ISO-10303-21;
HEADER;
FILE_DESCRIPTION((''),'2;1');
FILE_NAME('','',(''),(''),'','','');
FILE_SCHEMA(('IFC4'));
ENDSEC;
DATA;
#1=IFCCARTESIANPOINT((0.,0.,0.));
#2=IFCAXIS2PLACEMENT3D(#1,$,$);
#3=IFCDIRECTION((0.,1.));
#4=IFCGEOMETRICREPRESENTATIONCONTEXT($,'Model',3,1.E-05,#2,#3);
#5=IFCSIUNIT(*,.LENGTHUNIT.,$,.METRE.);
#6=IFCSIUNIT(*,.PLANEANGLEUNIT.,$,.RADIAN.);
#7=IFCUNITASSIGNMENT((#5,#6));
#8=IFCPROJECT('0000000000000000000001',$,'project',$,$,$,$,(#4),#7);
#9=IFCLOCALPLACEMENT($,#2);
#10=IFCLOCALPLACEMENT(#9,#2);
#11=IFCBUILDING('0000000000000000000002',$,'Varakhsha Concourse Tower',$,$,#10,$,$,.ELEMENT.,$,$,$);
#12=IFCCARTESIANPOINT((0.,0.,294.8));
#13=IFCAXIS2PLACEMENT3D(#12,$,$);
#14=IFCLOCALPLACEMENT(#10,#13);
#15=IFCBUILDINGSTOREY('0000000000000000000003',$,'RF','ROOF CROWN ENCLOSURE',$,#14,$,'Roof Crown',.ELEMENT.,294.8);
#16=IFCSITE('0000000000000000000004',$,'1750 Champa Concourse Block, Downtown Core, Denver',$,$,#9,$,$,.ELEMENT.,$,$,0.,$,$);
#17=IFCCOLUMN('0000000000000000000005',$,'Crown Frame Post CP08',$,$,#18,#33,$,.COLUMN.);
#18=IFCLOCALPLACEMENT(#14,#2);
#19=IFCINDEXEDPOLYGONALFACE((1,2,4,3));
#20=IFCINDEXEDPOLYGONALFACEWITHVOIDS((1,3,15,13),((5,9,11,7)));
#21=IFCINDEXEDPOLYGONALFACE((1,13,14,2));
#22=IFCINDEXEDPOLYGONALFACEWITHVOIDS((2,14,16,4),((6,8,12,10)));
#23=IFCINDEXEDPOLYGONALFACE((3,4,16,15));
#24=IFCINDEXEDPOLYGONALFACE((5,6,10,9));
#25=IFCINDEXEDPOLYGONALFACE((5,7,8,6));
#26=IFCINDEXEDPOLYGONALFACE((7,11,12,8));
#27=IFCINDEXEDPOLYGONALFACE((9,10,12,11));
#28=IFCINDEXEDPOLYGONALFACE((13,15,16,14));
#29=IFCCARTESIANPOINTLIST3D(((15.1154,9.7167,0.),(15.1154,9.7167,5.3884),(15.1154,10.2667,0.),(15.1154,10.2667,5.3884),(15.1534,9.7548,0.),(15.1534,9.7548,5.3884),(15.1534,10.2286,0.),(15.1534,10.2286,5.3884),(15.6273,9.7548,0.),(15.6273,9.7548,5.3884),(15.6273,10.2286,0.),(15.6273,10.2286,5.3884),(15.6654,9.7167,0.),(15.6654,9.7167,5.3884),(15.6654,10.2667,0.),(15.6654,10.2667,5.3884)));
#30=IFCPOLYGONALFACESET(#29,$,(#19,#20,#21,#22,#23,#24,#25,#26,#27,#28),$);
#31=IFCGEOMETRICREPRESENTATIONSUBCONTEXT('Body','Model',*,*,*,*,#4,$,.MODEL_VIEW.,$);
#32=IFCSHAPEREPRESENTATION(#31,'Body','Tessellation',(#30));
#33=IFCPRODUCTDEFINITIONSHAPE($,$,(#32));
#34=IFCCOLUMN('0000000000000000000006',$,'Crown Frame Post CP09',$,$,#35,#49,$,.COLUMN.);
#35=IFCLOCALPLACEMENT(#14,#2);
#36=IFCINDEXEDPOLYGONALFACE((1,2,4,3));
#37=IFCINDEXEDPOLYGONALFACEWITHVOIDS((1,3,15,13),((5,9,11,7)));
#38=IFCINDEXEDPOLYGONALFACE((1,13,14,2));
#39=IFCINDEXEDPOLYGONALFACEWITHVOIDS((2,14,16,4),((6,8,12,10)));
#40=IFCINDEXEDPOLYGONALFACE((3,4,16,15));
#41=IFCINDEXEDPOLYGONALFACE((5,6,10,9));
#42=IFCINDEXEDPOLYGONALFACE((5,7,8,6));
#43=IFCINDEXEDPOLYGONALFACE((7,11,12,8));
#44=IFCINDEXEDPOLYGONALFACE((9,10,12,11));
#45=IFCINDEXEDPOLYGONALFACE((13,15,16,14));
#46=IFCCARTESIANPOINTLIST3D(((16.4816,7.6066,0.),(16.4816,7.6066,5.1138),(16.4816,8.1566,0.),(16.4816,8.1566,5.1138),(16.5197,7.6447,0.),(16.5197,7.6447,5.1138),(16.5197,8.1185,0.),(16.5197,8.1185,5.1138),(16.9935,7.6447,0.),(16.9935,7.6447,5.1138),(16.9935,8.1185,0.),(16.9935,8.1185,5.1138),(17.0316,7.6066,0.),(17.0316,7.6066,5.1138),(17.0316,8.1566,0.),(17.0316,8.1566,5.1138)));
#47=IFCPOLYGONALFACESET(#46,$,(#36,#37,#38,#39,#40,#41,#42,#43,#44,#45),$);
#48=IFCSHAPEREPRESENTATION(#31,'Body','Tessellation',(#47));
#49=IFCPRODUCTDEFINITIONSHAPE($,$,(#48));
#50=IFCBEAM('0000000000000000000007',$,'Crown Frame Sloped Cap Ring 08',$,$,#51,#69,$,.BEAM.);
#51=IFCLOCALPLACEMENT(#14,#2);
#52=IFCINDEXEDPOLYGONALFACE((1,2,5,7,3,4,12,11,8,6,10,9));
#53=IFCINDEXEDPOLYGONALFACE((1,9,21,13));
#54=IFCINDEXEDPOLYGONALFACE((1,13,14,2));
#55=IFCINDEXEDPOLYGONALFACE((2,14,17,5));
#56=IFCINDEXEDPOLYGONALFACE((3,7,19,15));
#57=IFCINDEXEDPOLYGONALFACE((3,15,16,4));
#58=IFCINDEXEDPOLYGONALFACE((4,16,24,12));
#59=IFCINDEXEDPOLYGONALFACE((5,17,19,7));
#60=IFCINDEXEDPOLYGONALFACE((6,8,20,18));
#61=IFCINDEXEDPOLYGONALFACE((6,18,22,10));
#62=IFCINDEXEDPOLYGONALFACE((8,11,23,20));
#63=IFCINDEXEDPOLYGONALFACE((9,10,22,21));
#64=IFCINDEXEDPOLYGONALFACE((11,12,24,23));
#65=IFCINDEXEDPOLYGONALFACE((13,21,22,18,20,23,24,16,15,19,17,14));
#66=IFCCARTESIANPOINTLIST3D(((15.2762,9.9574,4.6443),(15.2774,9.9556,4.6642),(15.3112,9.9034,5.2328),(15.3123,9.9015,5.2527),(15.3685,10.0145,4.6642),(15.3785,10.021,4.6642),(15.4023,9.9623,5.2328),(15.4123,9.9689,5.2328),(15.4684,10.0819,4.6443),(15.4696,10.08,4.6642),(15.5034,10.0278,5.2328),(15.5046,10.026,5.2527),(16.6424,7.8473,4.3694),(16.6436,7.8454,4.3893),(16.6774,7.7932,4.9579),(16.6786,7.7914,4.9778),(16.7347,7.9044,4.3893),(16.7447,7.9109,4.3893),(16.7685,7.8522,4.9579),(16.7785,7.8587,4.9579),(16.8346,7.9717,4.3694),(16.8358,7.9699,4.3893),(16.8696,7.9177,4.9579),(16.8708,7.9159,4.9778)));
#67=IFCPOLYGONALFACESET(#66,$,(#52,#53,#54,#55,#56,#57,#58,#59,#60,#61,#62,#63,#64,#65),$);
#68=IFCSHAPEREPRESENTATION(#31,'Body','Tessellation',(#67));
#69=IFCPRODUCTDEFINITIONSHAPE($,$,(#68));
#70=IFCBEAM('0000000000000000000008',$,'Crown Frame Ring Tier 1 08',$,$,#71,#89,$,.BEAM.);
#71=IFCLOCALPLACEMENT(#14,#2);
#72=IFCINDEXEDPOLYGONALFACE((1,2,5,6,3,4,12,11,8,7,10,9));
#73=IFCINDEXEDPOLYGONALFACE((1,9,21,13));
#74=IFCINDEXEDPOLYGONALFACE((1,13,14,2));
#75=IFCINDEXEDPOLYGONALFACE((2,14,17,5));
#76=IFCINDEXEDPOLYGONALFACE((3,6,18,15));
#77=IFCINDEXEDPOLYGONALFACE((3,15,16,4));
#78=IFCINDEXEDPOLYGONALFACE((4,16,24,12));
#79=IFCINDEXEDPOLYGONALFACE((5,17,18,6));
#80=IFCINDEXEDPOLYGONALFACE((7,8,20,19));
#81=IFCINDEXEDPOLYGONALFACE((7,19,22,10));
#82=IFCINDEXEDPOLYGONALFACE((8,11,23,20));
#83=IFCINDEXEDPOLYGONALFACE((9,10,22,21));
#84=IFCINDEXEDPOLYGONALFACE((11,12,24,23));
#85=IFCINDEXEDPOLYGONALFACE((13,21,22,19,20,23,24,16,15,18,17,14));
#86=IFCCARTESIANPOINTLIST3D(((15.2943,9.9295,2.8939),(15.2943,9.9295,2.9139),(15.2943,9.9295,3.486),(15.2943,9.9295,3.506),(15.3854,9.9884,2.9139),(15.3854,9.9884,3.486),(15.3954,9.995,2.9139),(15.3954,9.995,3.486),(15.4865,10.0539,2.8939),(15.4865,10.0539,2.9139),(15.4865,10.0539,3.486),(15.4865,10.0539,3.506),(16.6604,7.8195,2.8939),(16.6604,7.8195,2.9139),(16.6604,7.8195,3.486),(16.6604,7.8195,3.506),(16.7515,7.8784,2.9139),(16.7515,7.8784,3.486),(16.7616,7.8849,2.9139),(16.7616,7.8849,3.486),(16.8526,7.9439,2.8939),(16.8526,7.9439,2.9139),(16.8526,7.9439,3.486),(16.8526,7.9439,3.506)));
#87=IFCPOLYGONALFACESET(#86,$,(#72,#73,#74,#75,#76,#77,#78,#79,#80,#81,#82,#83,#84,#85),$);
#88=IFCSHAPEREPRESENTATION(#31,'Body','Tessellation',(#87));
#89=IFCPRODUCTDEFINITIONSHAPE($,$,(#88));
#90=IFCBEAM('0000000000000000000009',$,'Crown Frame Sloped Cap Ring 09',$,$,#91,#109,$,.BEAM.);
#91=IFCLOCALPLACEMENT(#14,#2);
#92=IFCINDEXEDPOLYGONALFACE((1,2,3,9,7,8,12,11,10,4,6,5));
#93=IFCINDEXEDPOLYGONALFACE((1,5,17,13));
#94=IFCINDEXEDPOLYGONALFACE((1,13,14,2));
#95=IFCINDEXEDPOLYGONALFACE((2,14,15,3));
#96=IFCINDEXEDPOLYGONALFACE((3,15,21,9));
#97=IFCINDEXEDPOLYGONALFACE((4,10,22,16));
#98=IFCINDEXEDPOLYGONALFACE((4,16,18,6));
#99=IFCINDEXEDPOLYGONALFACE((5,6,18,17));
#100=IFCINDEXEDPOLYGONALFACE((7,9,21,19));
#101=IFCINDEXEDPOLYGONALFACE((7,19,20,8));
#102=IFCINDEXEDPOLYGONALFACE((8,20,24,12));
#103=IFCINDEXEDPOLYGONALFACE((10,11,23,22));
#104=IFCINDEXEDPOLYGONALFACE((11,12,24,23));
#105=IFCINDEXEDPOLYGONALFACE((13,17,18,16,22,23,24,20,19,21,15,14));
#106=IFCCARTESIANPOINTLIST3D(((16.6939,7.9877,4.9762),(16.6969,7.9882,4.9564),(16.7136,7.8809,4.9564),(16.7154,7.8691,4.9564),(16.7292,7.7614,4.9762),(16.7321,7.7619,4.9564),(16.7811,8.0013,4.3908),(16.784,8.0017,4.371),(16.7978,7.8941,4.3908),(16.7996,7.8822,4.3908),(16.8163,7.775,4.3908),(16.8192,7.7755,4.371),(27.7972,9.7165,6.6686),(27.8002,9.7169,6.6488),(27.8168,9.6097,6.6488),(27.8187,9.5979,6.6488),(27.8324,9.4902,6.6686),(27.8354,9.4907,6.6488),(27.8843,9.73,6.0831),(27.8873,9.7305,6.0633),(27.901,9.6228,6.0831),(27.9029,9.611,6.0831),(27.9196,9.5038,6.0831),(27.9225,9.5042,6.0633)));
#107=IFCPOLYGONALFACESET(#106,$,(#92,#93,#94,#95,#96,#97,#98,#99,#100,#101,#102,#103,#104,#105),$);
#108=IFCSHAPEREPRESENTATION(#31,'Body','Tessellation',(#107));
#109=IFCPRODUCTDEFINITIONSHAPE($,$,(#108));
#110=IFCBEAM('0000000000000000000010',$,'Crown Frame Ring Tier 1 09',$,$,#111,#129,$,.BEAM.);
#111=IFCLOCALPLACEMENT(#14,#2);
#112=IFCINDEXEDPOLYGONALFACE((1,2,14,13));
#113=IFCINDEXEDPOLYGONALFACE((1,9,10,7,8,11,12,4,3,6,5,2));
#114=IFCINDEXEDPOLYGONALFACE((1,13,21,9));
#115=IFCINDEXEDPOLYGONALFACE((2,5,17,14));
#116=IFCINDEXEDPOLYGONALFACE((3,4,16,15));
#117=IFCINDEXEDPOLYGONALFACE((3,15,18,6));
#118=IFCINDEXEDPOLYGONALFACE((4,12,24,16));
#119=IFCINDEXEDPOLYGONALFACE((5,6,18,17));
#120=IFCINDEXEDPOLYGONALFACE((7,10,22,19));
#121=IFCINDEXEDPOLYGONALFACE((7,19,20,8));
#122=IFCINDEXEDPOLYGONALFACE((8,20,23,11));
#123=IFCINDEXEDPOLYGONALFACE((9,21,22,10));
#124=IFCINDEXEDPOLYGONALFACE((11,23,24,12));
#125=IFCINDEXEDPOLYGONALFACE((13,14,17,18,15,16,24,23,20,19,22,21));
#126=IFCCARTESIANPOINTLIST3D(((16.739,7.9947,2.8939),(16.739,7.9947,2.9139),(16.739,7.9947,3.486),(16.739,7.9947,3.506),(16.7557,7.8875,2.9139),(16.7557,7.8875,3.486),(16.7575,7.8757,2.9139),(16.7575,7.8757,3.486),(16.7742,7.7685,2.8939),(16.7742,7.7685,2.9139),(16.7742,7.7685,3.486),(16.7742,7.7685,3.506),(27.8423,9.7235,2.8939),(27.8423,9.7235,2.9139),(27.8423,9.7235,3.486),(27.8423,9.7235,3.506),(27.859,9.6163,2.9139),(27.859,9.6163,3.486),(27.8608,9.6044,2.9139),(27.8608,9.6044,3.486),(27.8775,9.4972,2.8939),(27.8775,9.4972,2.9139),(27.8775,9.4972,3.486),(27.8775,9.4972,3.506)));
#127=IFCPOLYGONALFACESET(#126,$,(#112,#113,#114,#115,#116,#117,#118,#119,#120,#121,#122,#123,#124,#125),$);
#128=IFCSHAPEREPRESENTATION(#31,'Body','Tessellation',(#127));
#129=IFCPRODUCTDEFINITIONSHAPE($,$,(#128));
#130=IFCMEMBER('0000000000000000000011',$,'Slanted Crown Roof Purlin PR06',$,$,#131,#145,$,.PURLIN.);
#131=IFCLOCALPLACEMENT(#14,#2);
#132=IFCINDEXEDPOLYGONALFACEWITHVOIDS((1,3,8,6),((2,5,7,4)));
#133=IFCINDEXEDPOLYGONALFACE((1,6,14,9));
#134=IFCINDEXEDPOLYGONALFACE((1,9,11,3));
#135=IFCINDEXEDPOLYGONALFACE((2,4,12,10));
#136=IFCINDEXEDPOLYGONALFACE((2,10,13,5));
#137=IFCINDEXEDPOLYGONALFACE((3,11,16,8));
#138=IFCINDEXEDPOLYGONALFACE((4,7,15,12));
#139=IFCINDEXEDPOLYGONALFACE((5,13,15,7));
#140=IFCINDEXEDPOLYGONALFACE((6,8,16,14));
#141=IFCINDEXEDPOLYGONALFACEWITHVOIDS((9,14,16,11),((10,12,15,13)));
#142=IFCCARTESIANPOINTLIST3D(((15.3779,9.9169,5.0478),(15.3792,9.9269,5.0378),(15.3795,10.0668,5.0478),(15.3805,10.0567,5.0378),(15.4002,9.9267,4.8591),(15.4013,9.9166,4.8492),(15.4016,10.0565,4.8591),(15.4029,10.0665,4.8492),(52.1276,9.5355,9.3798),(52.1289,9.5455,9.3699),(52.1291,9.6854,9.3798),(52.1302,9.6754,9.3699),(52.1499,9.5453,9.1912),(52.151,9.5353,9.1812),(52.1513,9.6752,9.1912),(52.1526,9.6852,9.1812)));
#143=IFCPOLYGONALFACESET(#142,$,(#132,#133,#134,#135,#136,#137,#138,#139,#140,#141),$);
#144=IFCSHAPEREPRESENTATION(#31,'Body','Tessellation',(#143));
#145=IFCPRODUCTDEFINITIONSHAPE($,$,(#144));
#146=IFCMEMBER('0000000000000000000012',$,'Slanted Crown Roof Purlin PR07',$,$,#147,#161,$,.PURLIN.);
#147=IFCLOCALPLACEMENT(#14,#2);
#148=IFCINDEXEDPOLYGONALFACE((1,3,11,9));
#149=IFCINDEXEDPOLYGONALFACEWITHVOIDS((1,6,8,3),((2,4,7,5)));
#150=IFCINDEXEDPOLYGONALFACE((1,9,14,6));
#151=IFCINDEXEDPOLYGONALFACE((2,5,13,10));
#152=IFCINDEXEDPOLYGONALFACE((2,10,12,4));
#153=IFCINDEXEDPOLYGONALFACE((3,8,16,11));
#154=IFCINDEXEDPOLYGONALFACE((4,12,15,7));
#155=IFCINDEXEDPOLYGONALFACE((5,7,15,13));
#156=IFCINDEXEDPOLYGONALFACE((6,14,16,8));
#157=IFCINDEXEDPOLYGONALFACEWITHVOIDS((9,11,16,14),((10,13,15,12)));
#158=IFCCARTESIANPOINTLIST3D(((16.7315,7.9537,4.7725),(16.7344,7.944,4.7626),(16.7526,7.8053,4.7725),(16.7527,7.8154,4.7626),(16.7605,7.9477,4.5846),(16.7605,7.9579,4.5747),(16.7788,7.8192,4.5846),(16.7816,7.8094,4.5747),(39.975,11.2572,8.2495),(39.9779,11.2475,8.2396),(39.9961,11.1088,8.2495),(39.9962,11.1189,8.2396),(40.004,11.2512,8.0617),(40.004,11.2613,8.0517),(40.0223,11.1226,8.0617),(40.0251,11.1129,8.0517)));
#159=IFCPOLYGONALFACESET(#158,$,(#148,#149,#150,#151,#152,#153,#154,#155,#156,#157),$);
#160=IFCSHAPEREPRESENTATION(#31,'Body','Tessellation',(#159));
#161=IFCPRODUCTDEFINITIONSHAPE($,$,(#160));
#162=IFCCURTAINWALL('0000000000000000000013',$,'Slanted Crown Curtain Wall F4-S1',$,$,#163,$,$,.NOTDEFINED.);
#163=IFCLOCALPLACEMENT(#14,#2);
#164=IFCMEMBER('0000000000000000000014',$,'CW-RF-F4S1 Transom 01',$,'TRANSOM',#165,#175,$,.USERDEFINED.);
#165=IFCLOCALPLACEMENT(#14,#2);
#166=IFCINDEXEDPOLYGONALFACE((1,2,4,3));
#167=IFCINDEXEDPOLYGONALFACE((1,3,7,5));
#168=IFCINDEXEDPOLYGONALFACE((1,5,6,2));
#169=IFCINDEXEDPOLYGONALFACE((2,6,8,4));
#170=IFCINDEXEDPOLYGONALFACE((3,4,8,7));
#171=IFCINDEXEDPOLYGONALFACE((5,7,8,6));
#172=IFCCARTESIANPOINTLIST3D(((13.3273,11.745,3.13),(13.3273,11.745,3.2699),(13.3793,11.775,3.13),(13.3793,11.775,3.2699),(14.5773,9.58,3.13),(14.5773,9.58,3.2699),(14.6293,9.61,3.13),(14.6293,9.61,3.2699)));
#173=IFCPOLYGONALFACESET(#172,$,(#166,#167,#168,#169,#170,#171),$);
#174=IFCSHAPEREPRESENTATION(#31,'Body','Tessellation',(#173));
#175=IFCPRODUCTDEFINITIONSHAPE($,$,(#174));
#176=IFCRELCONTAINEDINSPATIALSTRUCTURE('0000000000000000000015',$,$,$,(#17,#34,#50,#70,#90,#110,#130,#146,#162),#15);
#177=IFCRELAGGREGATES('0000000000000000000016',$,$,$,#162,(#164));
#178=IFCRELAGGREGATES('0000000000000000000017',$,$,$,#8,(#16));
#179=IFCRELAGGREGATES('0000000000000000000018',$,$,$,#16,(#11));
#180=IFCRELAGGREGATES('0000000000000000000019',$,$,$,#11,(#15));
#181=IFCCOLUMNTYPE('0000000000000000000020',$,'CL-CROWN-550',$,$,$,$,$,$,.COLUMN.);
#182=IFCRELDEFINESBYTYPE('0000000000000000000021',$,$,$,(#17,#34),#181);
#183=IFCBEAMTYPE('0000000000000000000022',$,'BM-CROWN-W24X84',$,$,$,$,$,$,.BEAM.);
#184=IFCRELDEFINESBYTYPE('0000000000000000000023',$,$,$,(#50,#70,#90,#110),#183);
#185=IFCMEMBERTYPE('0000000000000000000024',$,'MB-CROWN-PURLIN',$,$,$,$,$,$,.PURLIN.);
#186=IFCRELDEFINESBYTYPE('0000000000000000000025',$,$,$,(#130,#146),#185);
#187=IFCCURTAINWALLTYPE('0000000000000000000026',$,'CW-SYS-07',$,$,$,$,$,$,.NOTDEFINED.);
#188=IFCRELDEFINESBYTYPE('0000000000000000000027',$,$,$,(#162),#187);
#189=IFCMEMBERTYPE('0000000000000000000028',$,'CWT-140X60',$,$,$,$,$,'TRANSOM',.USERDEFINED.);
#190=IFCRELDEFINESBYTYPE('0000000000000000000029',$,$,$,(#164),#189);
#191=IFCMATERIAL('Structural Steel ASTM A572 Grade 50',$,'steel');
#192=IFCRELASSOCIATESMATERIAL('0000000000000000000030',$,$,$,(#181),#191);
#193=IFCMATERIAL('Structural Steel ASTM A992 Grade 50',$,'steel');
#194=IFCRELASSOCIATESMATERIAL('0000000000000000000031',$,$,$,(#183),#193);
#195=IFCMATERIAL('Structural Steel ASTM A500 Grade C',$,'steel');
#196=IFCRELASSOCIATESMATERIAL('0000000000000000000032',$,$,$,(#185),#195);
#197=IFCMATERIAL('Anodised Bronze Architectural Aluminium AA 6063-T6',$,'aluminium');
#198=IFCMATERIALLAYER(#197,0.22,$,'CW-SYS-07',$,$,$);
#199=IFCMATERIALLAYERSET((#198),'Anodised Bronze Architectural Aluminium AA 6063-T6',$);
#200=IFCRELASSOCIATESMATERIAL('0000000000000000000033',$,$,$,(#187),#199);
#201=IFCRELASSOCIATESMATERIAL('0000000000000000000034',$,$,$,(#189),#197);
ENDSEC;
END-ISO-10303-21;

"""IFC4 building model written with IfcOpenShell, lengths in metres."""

from ifc_helpers import new_model, si_unit, direction, frame, origin, origin_2d, place, context, subcontext, project, spatial, rectangle, hollow_rectangle, i_section, extrude, source, transform, mapped, material, layer, layer_set, material_profile, profile_set, type_object, type_shapes, element, aggregate, save


model = new_model("IFC4")

# Units and contexts
model_context = context("Model", 3, precision=1e-05, world=origin(), true_north=direction((0.0, 1.0)))
body_context = subcontext(model_context, "Body", "Model", "MODEL_VIEW")
ifc_project = project(units=[si_unit("LENGTHUNIT", "METRE"), si_unit("PLANEANGLEUNIT", "RADIAN")], contexts=[model_context])

# Site, building, storey
site_placement = place(None, origin())
site = spatial("IfcSite", under=ifc_project, at=site_placement, Name="1750 Champa Concourse Block, Downtown Core, Denver", CompositionType="ELEMENT", RefElevation=0.0)
building_placement = place(site_placement, origin())
building = spatial("IfcBuilding", under=site, at=building_placement, Name="Varakhsha Concourse Tower", CompositionType="ELEMENT")
storey_placement = place(building_placement, frame((0.0, 0.0, 294.8)))
storey = spatial("IfcBuildingStorey", under=building, at=storey_placement, Name="RF", Description="ROOF CROWN ENCLOSURE", LongName="Roof Crown", CompositionType="ELEMENT", Elevation=294.8)

# Columns
ifc_material_1 = material(Name="Structural Steel ASTM A572 Grade 50", Category="steel")
ifc_material_profile_1 = material_profile(ifc_material_1, hollow_rectangle(XDim=0.55, YDim=0.55, WallThickness=0.0381, at=origin_2d()), Name="BOX 550x550x38")
ifc_profile_set_1 = profile_set([ifc_material_profile_1], Name="Structural Steel ASTM A572 Grade 50")
column_type = type_object("IfcColumnType", Name="CL-CROWN-550", PredefinedType="COLUMN", material=ifc_profile_set_1)
column_1_placement = place(storey_placement, frame((15.3904, 9.9917, 0.0), z_axis=(0.0, 0.0, 1.0), x_axis=(1.0, 0.0, 0.0)))
element("IfcColumn", 1, at=column_1_placement, inside=storey, type_object=column_type, Name="Crown Frame Post CP08", PredefinedType="COLUMN", context=body_context, shape_type="SweptSolid", body=[
    extrude(hollow_rectangle(XDim=0.55, YDim=0.55, WallThickness=0.0381, at=origin_2d()), origin(), (0.0, 0.0, 1.0), 5.3884),
])
column_2_placement = place(storey_placement, frame((16.7566, 7.8816, 0.0), z_axis=(0.0, 0.0, 1.0), x_axis=(1.0, 0.0, 0.0)))
element("IfcColumn", 2, at=column_2_placement, inside=storey, type_object=column_type, Name="Crown Frame Post CP09", PredefinedType="COLUMN", context=body_context, shape_type="SweptSolid", body=[
    extrude(hollow_rectangle(XDim=0.55, YDim=0.55, WallThickness=0.0381, at=origin_2d()), origin(), (0.0, 0.0, 1.0), 5.1138),
])

# Beams
ifc_material_2 = material(Name="Structural Steel ASTM A992 Grade 50", Category="steel")
ifc_material_profile_2 = material_profile(ifc_material_2, i_section(OverallWidth=0.229, OverallDepth=0.6121, WebThickness=0.012, FlangeThickness=0.02, at=origin_2d()), Name="W24X84")
ifc_profile_set_2 = profile_set([ifc_material_profile_2], Name="Structural Steel ASTM A992 Grade 50")
beam_type = type_object("IfcBeamType", Name="BM-CROWN-W24X84", PredefinedType="BEAM", material=ifc_profile_set_2)
beam_1_placement = place(storey_placement, frame((15.3904, 9.9917, 4.9485), z_axis=(0.540268, -0.834442, -0.10871), x_axis=(0.839416, 0.543489, 0.0)))
element("IfcBeam", 3, at=beam_1_placement, inside=storey, type_object=beam_type, Name="Crown Frame Sloped Cap Ring 08", PredefinedType="BEAM", context=body_context, shape_type="SweptSolid", body=[
    extrude(i_section(OverallWidth=0.229, OverallDepth=0.6121, WebThickness=0.012, FlangeThickness=0.02, at=origin_2d()), origin(), (0.0, 0.0, 1.0), 2.5288),
])
beam_2_placement = place(storey_placement, frame((15.3904, 9.9917, 3.2), z_axis=(0.543489, -0.839416, 0.0), x_axis=(0.839416, 0.543489, 0.0)))
element("IfcBeam", 4, at=beam_2_placement, inside=storey, type_object=beam_type, Name="Crown Frame Ring Tier 1 08", PredefinedType="BEAM", context=body_context, shape_type="SweptSolid", body=[
    extrude(i_section(OverallWidth=0.229, OverallDepth=0.6121, WebThickness=0.012, FlangeThickness=0.02, at=origin_2d()), origin(), (0.0, 0.0, 1.0), 2.5137),
])
beam_3_placement = place(storey_placement, frame((16.7566, 7.8816, 4.6736), z_axis=(0.977076, 0.152129, 0.148928), x_axis=(-0.153845, 0.988095, 0.0)))
element("IfcBeam", 5, at=beam_3_placement, inside=storey, type_object=beam_type, Name="Crown Frame Sloped Cap Ring 09", PredefinedType="BEAM", context=body_context, shape_type="SweptSolid", body=[
    extrude(i_section(OverallWidth=0.229, OverallDepth=0.6121, WebThickness=0.012, FlangeThickness=0.02, at=origin_2d()), origin(), (0.0, 0.0, 1.0), 11.3638),
])
beam_4_placement = place(storey_placement, frame((16.7566, 7.8816, 3.2), z_axis=(0.988095, 0.153845, 0.0), x_axis=(-0.153845, 0.988095, 0.0)))
element("IfcBeam", 6, at=beam_4_placement, inside=storey, type_object=beam_type, Name="Crown Frame Ring Tier 1 09", PredefinedType="BEAM", context=body_context, shape_type="SweptSolid", body=[
    extrude(i_section(OverallWidth=0.229, OverallDepth=0.6121, WebThickness=0.012, FlangeThickness=0.02, at=origin_2d()), origin(), (0.0, 0.0, 1.0), 11.2371),
])

# Members
ifc_material_3 = material(Name="Structural Steel ASTM A500 Grade C", Category="steel")
ifc_material_profile_3 = material_profile(ifc_material_3, hollow_rectangle(XDim=0.1499, YDim=0.2, WallThickness=0.01, at=origin_2d()), Name="HSS 200x150x10")
ifc_profile_set_3 = profile_set([ifc_material_profile_3], Name="Structural Steel ASTM A500 Grade C")
member_type_1 = type_object("IfcMemberType", Name="MB-CROWN-PURLIN", PredefinedType="PURLIN", material=ifc_profile_set_3)
shared_shape_1 = source(origin(), body_context, "Body", "SweptSolid", [
    extrude(hollow_rectangle(XDim=0.1499, YDim=0.2, WallThickness=0.01, at=origin_2d()), origin(), (0.0, 0.0, 1.0), 37.0061),
])
member_1_placement = place(storey_placement, frame((15.3904, 9.9917, 4.9485), z_axis=(0.993071, -0.010305, 0.117062), x_axis=(0.010376, 0.999946, 0.0)))
element("IfcMember", 7, at=member_1_placement, inside=storey, type_object=member_type_1, Name="Slanted Crown Roof Purlin PR06", PredefinedType="PURLIN", context=body_context, shape_type="MappedRepresentation", body=[
    mapped(shared_shape_1, transform((0.0, 0.0, 0.0), scale=1.0)),
])
shared_shape_2 = source(origin(), body_context, "Body", "SweptSolid", [
    extrude(hollow_rectangle(XDim=0.1499, YDim=0.2, WallThickness=0.01, at=origin_2d()), origin(), (0.0, 0.0, 1.0), 23.7332),
])
type_shapes(member_type_1, [shared_shape_1, shared_shape_2])
member_2_placement = place(storey_placement, frame((16.7566, 7.8816, 4.6736), z_axis=(0.979368, 0.139193, 0.146507), x_axis=(-0.140711, 0.990051, 0.0)))
element("IfcMember", 8, at=member_2_placement, inside=storey, type_object=member_type_1, Name="Slanted Crown Roof Purlin PR07", PredefinedType="PURLIN", context=body_context, shape_type="MappedRepresentation", body=[
    mapped(shared_shape_2, transform((0.0, 0.0, 0.0), scale=1.0)),
])

# Curtain wall, member
ifc_material_4 = material(Name="Anodised Bronze Architectural Aluminium AA 6063-T6", Category="aluminium")
ifc_layer_1 = layer(ifc_material_4, 0.22, Name="CW-SYS-07")
ifc_layer_set_1 = layer_set([ifc_layer_1], Name="Anodised Bronze Architectural Aluminium AA 6063-T6")
curtain_wall_type = type_object("IfcCurtainWallType", Name="CW-SYS-07", PredefinedType="NOTDEFINED", material=ifc_layer_set_1)
curtain_wall_1_placement = place(storey_placement, origin())
curtain_wall_1 = element("IfcCurtainWall", 9, at=curtain_wall_1_placement, inside=storey, type_object=curtain_wall_type, Name="Slanted Crown Curtain Wall F4-S1", PredefinedType="NOTDEFINED")
ifc_material_profile_4 = material_profile(ifc_material_4, rectangle(XDim=0.0601, YDim=0.1399, at=origin_2d()), Name="CWT-140X60")
ifc_profile_set_4 = profile_set([ifc_material_profile_4], Name="Anodised Bronze Architectural Aluminium AA 6063-T6")
member_type_2 = type_object("IfcMemberType", Name="CWT-140X60", ElementType="TRANSOM", PredefinedType="USERDEFINED", material=ifc_profile_set_4)
shared_shape_3 = source(origin(), body_context, "Body", "SweptSolid", [
    extrude(rectangle(XDim=0.0601, YDim=0.1399, at=origin_2d()), origin(), (0.0, 0.0, 1.0), 2.5),
])
type_shapes(member_type_2, [shared_shape_3])
member_3_placement = place(storey_placement, frame((14.6033, 9.595, 3.2), z_axis=(-0.500004, 0.866023, 0.0), x_axis=(-0.866023, -0.500004, 0.0)))
member_3 = element("IfcMember", 10, at=member_3_placement, type_object=member_type_2, Name="CW-RF-F4S1 Transom 01", ObjectType="TRANSOM", PredefinedType="USERDEFINED", context=body_context, shape_type="MappedRepresentation", body=[
    mapped(shared_shape_3, transform((0.0, 0.0, 0.0), scale=1.0)),
])

aggregate(curtain_wall_1, [member_3])

save(model, "model.ifc")
